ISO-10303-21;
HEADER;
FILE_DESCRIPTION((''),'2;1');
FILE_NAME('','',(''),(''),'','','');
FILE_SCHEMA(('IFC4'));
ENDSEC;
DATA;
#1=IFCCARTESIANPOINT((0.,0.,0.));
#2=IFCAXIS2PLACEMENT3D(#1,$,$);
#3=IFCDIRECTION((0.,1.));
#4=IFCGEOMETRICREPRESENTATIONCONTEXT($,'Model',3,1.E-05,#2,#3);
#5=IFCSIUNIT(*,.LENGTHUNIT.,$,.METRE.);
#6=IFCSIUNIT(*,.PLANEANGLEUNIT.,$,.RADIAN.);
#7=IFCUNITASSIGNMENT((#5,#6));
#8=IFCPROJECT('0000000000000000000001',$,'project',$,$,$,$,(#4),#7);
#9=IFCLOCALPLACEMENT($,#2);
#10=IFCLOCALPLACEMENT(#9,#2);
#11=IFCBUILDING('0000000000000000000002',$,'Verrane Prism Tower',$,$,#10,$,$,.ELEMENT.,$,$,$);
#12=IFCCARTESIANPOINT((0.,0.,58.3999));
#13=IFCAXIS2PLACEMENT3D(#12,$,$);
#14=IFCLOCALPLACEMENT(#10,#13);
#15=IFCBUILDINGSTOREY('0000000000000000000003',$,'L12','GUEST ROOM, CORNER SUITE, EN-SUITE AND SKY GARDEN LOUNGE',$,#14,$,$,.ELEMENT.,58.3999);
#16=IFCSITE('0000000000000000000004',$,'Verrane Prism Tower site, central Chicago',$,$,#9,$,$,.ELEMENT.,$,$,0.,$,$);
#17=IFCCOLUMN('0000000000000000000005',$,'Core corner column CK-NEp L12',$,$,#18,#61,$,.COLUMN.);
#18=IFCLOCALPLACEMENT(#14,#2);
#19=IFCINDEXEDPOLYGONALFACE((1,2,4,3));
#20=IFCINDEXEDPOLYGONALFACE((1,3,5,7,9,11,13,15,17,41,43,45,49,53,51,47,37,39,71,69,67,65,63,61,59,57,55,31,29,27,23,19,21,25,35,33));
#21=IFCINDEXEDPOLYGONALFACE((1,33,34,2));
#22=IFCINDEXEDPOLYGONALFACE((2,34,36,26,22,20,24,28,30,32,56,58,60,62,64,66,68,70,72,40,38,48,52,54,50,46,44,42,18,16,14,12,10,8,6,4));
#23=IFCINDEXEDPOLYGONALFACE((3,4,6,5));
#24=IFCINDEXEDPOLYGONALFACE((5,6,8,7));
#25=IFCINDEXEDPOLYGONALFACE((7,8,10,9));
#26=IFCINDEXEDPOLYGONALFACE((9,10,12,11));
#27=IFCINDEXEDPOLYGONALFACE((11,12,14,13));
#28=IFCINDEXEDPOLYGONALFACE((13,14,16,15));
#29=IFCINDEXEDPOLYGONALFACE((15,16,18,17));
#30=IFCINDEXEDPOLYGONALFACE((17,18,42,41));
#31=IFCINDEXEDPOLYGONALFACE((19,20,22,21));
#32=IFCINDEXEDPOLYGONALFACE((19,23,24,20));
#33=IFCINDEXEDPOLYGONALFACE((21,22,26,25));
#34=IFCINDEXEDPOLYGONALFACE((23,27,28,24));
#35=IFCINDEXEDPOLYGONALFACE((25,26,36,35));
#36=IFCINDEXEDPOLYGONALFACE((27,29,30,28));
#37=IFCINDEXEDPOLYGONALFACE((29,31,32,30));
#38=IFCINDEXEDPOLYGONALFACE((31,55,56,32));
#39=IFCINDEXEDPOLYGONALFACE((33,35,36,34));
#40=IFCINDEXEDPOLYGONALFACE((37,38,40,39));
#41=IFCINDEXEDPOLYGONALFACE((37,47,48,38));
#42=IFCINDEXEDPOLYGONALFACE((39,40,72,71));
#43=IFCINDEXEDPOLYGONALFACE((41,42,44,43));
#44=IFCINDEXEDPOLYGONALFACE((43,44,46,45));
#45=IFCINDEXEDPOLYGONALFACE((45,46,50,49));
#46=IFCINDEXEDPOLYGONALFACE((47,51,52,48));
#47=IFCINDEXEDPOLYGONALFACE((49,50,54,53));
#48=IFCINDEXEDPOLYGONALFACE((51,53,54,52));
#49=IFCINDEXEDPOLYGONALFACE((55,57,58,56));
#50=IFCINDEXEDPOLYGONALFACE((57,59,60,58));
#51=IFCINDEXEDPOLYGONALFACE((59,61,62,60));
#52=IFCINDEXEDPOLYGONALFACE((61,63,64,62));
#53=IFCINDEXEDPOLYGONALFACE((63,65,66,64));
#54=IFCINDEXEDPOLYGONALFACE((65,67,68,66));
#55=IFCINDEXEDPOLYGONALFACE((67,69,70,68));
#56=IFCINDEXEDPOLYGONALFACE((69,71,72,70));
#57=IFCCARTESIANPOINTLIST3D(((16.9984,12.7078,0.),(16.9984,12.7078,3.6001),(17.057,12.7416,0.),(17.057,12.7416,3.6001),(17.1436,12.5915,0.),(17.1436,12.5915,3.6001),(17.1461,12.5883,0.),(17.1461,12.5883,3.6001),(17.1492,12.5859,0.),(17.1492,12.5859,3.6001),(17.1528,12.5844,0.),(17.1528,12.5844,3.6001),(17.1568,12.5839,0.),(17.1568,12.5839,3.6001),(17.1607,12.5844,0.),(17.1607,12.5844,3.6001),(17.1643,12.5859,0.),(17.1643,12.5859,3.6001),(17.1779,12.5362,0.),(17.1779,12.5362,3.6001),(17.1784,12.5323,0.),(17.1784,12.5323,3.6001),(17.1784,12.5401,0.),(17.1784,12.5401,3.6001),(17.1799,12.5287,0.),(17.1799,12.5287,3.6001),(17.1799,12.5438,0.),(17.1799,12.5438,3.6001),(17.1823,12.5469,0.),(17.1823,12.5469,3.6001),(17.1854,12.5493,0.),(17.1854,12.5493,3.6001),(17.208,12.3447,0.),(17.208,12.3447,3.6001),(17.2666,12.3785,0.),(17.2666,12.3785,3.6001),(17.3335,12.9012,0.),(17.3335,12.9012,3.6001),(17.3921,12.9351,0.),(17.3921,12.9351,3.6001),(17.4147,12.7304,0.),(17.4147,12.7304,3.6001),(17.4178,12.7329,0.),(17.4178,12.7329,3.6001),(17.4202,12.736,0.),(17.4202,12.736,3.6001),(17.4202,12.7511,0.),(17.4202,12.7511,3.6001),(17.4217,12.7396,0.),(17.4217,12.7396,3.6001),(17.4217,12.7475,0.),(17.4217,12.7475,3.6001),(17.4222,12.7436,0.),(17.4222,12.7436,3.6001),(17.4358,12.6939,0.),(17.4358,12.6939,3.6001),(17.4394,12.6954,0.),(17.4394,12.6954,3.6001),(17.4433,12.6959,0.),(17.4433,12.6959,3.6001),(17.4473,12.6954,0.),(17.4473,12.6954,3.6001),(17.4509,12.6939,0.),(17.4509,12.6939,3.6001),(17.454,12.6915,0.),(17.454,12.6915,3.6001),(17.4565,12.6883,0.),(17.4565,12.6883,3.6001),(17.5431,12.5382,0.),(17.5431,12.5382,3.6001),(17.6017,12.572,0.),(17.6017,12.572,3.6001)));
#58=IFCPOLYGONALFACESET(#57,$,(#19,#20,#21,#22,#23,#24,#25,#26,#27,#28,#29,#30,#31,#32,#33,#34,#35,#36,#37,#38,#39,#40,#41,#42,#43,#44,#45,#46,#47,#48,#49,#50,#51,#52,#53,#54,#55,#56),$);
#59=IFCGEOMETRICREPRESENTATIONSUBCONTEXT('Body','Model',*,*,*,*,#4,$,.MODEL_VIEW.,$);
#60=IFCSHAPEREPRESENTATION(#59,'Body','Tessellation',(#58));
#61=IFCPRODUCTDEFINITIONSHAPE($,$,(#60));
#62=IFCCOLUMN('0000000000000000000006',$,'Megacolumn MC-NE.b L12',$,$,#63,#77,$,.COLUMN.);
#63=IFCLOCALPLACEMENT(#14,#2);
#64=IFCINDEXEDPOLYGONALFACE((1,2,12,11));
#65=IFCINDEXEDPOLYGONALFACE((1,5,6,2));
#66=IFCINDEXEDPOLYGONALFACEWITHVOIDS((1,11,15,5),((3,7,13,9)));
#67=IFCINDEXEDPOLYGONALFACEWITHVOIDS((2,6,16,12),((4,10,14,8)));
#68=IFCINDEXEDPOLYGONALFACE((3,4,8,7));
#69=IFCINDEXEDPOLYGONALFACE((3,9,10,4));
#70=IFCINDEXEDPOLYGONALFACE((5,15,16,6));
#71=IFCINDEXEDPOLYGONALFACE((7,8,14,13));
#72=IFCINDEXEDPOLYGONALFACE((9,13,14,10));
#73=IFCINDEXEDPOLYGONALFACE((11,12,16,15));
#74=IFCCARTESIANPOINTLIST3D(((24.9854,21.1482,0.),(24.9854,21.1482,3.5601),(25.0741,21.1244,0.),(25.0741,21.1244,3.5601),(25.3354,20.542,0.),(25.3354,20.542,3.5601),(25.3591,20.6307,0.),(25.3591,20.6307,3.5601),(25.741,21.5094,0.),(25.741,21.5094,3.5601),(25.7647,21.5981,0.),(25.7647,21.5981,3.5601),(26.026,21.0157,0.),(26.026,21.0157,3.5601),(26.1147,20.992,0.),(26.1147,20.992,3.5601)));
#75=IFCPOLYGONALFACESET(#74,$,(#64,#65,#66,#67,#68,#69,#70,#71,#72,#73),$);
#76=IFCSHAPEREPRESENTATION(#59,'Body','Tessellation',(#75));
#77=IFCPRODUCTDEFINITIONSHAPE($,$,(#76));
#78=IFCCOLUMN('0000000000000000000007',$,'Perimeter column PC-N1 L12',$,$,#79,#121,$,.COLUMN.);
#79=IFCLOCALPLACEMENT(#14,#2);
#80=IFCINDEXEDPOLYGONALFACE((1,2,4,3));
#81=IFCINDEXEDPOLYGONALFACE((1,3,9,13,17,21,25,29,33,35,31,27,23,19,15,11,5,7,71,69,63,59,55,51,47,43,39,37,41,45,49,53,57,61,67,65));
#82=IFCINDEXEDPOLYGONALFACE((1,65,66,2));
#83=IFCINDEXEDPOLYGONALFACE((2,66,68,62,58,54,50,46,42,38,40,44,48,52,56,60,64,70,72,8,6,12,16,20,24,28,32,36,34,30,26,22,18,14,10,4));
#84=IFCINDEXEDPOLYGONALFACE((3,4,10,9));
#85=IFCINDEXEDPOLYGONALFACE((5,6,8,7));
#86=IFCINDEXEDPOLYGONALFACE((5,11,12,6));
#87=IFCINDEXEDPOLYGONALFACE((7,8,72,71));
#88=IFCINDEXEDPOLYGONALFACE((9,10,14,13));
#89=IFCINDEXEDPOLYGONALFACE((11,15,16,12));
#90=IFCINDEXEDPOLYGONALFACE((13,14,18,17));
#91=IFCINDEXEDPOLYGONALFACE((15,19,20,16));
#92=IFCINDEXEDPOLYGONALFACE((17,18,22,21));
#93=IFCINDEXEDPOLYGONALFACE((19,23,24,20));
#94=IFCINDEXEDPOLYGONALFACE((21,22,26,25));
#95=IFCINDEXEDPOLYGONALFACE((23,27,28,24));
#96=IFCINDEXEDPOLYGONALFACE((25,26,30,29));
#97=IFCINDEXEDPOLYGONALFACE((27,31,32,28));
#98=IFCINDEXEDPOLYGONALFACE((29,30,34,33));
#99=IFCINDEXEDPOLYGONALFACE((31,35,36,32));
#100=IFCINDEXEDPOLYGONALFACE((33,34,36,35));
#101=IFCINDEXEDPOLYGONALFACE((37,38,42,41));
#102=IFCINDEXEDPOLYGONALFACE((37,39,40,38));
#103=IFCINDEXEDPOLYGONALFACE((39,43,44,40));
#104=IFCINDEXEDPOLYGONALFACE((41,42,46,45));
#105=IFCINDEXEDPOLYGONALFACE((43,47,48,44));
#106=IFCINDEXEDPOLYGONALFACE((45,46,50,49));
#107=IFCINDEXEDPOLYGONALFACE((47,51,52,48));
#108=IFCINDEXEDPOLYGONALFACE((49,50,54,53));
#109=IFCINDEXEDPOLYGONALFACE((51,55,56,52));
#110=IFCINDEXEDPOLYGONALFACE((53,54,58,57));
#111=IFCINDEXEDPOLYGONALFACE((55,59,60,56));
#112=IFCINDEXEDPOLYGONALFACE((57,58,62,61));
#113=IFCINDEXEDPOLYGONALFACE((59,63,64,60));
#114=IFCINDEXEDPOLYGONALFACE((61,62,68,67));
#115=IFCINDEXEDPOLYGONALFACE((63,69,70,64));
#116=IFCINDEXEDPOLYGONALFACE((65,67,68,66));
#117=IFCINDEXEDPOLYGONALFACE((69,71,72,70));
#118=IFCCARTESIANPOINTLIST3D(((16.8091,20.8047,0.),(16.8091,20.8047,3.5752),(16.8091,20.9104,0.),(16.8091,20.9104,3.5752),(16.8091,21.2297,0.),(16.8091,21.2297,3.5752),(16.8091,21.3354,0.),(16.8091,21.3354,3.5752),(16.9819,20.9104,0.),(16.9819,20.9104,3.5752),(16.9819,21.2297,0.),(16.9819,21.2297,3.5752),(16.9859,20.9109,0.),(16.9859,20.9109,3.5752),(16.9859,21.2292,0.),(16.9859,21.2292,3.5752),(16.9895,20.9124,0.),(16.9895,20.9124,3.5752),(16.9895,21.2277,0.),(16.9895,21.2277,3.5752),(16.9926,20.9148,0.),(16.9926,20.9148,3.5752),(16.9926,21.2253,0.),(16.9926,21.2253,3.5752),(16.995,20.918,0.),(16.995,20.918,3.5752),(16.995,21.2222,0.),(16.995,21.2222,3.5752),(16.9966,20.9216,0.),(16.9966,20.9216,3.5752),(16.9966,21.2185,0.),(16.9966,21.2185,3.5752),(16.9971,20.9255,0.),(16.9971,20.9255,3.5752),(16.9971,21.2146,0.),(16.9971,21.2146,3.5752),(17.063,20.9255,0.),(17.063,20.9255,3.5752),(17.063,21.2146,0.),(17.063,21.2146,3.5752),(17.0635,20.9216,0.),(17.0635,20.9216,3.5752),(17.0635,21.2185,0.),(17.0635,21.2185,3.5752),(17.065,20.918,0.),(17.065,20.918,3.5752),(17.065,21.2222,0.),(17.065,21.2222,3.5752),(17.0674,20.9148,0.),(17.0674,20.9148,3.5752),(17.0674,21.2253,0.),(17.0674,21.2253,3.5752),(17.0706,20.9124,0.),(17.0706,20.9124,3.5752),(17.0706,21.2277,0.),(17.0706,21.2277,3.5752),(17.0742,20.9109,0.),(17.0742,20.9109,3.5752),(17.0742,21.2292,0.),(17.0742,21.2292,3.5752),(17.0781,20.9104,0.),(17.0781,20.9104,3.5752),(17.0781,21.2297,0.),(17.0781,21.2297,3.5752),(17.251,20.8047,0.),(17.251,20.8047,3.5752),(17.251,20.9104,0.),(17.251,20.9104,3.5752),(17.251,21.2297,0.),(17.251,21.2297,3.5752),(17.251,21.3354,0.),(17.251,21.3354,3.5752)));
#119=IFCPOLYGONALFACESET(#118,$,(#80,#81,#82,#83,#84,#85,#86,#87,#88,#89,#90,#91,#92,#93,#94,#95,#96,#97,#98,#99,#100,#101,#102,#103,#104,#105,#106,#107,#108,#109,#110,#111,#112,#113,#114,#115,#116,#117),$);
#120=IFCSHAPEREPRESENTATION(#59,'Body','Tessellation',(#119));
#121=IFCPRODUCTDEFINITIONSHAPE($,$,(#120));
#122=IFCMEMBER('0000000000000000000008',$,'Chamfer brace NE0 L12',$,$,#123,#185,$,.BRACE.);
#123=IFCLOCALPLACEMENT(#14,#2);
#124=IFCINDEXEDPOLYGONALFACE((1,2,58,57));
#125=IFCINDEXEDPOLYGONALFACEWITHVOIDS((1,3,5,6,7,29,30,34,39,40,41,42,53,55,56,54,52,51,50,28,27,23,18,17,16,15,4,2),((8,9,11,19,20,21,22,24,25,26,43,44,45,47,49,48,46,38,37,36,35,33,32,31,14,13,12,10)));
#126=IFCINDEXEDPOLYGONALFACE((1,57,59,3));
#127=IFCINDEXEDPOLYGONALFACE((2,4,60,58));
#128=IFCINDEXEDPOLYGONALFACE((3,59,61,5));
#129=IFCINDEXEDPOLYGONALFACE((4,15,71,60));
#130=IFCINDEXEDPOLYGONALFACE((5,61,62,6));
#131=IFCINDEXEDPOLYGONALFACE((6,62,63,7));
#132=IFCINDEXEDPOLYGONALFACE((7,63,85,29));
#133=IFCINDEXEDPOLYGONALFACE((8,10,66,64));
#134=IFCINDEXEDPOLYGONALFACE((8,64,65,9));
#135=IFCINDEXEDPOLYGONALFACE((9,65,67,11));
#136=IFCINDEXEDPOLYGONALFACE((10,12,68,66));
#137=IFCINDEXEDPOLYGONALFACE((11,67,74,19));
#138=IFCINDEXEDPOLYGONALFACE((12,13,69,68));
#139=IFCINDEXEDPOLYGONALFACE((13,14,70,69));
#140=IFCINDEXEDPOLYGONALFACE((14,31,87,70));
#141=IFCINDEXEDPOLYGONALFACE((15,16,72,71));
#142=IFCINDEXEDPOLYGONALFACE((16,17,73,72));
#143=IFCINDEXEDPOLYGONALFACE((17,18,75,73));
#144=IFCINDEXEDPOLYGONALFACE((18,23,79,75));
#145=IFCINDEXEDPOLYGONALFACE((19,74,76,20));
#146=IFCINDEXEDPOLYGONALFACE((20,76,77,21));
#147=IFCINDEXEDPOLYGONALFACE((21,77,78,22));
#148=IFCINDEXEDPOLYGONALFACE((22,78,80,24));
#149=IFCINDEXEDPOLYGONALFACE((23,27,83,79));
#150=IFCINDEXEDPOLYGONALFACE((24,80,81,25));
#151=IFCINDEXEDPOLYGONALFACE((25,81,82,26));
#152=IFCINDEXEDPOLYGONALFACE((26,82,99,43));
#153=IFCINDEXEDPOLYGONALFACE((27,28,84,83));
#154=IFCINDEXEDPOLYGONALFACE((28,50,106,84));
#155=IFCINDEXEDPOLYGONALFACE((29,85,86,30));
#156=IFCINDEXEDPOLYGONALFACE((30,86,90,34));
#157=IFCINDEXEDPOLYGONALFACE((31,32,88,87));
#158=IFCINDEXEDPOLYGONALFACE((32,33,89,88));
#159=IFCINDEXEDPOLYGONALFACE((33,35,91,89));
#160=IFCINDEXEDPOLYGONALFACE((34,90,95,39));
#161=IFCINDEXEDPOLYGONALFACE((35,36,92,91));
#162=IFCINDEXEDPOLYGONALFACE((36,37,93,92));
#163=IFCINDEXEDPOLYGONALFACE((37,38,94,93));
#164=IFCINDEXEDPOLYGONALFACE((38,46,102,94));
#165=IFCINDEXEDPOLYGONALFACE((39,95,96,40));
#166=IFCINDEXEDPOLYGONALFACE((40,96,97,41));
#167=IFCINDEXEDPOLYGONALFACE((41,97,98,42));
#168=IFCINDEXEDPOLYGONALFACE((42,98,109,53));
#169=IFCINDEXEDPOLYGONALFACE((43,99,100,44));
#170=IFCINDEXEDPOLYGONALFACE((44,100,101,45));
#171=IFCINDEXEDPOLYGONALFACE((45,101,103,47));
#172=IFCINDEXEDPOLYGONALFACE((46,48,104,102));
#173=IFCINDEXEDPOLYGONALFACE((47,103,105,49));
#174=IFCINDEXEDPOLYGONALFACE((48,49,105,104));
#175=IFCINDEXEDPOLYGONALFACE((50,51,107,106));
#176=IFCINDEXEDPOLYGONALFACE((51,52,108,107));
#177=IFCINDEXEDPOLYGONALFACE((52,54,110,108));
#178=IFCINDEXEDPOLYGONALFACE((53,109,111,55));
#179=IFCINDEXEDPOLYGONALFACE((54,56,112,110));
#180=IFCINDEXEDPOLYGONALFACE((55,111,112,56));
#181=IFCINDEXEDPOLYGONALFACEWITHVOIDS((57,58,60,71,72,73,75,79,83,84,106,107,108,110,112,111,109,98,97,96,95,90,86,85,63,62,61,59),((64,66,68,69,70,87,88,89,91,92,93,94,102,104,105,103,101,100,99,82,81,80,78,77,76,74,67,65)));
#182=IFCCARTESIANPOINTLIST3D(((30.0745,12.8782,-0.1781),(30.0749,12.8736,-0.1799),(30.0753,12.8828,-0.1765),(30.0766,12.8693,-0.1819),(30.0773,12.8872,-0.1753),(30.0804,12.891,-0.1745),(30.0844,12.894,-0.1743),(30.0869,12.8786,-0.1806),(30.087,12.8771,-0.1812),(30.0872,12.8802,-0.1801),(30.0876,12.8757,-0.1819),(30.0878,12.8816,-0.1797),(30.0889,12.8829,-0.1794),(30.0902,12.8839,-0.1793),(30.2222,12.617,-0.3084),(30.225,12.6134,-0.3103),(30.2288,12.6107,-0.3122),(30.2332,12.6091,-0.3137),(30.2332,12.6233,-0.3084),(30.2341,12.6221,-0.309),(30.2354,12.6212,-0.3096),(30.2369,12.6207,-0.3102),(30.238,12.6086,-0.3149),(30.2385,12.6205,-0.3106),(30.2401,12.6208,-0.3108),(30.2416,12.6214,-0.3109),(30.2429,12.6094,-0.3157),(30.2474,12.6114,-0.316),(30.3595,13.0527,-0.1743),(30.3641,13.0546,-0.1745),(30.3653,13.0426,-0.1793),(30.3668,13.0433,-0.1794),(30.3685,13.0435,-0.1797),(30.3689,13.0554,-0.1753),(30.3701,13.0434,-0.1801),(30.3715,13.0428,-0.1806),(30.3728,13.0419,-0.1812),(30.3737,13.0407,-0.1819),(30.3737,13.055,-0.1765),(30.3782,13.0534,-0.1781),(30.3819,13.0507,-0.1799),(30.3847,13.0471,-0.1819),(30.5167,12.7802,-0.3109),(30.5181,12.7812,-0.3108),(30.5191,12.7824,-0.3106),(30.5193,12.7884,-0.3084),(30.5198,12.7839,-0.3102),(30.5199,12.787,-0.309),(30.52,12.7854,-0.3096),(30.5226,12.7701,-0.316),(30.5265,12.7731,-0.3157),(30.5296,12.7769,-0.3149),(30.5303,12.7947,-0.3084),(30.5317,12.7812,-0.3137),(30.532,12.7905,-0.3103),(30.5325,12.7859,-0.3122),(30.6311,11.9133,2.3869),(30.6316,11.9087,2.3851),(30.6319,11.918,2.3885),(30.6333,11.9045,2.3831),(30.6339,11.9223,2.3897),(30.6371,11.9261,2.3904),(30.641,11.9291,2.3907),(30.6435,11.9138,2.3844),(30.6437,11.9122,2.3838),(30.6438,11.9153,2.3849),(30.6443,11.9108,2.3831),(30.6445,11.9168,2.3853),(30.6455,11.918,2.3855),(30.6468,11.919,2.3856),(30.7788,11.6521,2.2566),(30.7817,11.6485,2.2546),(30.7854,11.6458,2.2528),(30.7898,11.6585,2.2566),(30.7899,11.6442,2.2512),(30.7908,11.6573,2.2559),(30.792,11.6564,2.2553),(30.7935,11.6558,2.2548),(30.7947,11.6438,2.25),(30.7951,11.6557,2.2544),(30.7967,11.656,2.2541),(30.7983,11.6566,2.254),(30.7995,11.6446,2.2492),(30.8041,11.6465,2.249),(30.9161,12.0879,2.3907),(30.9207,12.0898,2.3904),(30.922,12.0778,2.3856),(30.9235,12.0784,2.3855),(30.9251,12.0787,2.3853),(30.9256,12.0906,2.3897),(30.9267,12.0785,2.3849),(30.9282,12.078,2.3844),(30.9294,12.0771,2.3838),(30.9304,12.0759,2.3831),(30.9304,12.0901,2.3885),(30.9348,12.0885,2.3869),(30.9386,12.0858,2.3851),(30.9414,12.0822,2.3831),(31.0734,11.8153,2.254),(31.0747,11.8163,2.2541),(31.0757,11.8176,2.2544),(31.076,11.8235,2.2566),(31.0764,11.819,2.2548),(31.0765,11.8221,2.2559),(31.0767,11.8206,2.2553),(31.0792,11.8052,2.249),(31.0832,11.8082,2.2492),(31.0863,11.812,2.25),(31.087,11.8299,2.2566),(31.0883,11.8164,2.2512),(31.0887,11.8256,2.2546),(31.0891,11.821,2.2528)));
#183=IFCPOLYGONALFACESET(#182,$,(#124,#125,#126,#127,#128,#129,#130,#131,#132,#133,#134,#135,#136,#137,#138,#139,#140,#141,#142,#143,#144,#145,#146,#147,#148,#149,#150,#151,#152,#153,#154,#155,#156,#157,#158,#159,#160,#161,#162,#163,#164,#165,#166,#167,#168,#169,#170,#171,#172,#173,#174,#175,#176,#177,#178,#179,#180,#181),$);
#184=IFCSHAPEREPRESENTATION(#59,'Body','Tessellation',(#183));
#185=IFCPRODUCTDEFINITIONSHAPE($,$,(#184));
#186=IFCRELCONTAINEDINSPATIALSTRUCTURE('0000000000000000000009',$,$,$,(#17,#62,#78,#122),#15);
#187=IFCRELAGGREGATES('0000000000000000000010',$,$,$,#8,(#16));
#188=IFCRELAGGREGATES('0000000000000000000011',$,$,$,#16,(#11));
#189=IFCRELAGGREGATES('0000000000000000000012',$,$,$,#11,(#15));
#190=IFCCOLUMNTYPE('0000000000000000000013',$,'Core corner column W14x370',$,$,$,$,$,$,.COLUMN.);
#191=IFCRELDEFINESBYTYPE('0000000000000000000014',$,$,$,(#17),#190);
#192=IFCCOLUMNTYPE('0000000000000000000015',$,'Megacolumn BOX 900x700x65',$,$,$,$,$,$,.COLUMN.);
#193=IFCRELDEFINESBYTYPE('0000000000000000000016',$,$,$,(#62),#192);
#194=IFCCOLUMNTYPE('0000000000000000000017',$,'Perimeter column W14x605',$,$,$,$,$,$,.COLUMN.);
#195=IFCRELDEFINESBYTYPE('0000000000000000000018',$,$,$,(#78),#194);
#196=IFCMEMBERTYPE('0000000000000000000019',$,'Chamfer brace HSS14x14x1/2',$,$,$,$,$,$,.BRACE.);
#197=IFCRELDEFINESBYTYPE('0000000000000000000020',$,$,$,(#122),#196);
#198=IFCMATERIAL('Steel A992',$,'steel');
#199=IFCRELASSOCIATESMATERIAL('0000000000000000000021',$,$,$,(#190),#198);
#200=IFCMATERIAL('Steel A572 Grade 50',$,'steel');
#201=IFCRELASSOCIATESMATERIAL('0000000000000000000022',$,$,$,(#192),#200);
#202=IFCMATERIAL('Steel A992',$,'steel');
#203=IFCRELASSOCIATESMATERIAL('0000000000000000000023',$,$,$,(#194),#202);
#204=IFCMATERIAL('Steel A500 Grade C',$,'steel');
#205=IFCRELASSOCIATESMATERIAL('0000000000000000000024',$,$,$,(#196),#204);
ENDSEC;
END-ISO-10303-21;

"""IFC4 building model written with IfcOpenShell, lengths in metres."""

from ifc_helpers import new_model, si_unit, direction, frame, origin, origin_2d, place, context, subcontext, project, spatial, hollow_rectangle, i_section, extrude, material, material_profile, profile_set, type_object, element, save


model = new_model("IFC4")

# Units and contexts
model_context = context("Model", 3, precision=1e-05, world=origin(), true_north=direction((0.0, 1.0)))
body_context = subcontext(model_context, "Body", "Model", "MODEL_VIEW")
ifc_project = project(units=[si_unit("LENGTHUNIT", "METRE"), si_unit("PLANEANGLEUNIT", "RADIAN")], contexts=[model_context])

# Site, building, storey
site_placement = place(None, origin())
site = spatial("IfcSite", under=ifc_project, at=site_placement, Name="Verrane Prism Tower site, central Chicago", CompositionType="ELEMENT", RefElevation=0.0)
building_placement = place(site_placement, origin())
building = spatial("IfcBuilding", under=site, at=building_placement, Name="Verrane Prism Tower", CompositionType="ELEMENT")
storey_placement = place(building_placement, frame((0.0, 0.0, 58.3999)))
storey = spatial("IfcBuildingStorey", under=building, at=storey_placement, Name="L12", Description="GUEST ROOM, CORNER SUITE, EN-SUITE AND SKY GARDEN LOUNGE", CompositionType="ELEMENT", Elevation=58.3999)

# Columns
ifc_material_1 = material(Name="Steel A992", Category="steel")
ifc_material_profile_1 = material_profile(ifc_material_1, i_section(OverallWidth=0.4192, OverallDepth=0.4546, WebThickness=0.0422, FlangeThickness=0.0676, FilletRadius=0.0151, at=origin_2d()), Name="W14x370")
ifc_profile_set_1 = profile_set([ifc_material_profile_1], Name="Steel A992")
column_type_1 = type_object("IfcColumnType", Name="Core corner column W14x370", PredefinedType="COLUMN", material=ifc_profile_set_1)
column_1_placement = place(storey_placement, frame((17.3, 12.6399, 0.0), z_axis=(0.0, 0.0, 1.0), x_axis=(0.5, -0.866025, 0.0)))
element("IfcColumn", 1, at=column_1_placement, inside=storey, type_object=column_type_1, Name="Core corner column CK-NEp L12", PredefinedType="COLUMN", context=body_context, shape_type="SweptSolid", body=[
    extrude(i_section(OverallWidth=0.4192, OverallDepth=0.4546, WebThickness=0.0422, FlangeThickness=0.0676, FilletRadius=0.0151, at=origin_2d()), origin(), (0.0, 0.0, 1.0), 3.6001),
])
ifc_material_2 = material(Name="Steel A572 Grade 50", Category="steel")
ifc_material_profile_2 = material_profile(ifc_material_2, hollow_rectangle(XDim=0.7, YDim=0.8999, WallThickness=0.0649, at=origin_2d()), Name="BOX 900x700x65")
ifc_profile_set_2 = profile_set([ifc_material_profile_2], Name="Steel A572 Grade 50")
column_type_2 = type_object("IfcColumnType", Name="Megacolumn BOX 900x700x65", PredefinedType="COLUMN", material=ifc_profile_set_2)
column_2_placement = place(storey_placement, frame((25.55, 21.0701, 0.0), z_axis=(0.0, 0.0, 1.0), x_axis=(0.5, -0.866025, 0.0)))
element("IfcColumn", 2, at=column_2_placement, inside=storey, type_object=column_type_2, Name="Megacolumn MC-NE.b L12", PredefinedType="COLUMN", context=body_context, shape_type="SweptSolid", body=[
    extrude(hollow_rectangle(XDim=0.7, YDim=0.8999, WallThickness=0.0649, at=origin_2d()), origin(), (0.0, 0.0, 1.0), 3.5601),
])
ifc_material_3 = material(Name="Steel A992", Category="steel")
ifc_material_profile_3 = material_profile(ifc_material_3, i_section(OverallWidth=0.4419, OverallDepth=0.5308, WebThickness=0.0659, FlangeThickness=0.1057, FilletRadius=0.0151, at=origin_2d()), Name="W14x605")
ifc_profile_set_3 = profile_set([ifc_material_profile_3], Name="Steel A992")
column_type_3 = type_object("IfcColumnType", Name="Perimeter column W14x605", PredefinedType="COLUMN", material=ifc_profile_set_3)
column_3_placement = place(storey_placement, frame((17.03, 21.0701, 0.0), z_axis=(0.0, 0.0, 1.0), x_axis=(1.0, 0.0, 0.0)))
element("IfcColumn", 3, at=column_3_placement, inside=storey, type_object=column_type_3, Name="Perimeter column PC-N1 L12", PredefinedType="COLUMN", context=body_context, shape_type="SweptSolid", body=[
    extrude(i_section(OverallWidth=0.4419, OverallDepth=0.5308, WebThickness=0.0659, FlangeThickness=0.1057, FilletRadius=0.0151, at=origin_2d()), origin(), (0.0, 0.0, 1.0), 3.5752),
])

# Member
ifc_material_4 = material(Name="Steel A500 Grade C", Category="steel")
ifc_material_profile_4 = material_profile(ifc_material_4, hollow_rectangle(XDim=0.3557, YDim=0.3557, WallThickness=0.0127, InnerFilletRadius=0.0063, OuterFilletRadius=0.019, at=origin_2d()), Name="HSS14x14x1/2")
ifc_profile_set_4 = profile_set([ifc_material_profile_4], Name="Steel A500 Grade C")
member_type_1 = type_object("IfcMemberType", Name="Chamfer brace HSS14x14x1/2", PredefinedType="BRACE", material=ifc_profile_set_4)
member_1_placement = place(storey_placement, frame((30.3035, 12.832, -0.2451), z_axis=(0.199058, -0.345034, 0.917239), x_axis=(0.866186, 0.499722, 0.0)))
element("IfcMember", 4, at=member_1_placement, inside=storey, type_object=member_type_1, Name="Chamfer brace NE0 L12", PredefinedType="BRACE", context=body_context, shape_type="SweptSolid", body=[
    extrude(hollow_rectangle(XDim=0.3557, YDim=0.3557, WallThickness=0.0127, InnerFilletRadius=0.0063, OuterFilletRadius=0.019, at=origin_2d()), origin(), (0.0, 0.0, 1.0), 2.7964),
])

save(model, "model.ifc")
